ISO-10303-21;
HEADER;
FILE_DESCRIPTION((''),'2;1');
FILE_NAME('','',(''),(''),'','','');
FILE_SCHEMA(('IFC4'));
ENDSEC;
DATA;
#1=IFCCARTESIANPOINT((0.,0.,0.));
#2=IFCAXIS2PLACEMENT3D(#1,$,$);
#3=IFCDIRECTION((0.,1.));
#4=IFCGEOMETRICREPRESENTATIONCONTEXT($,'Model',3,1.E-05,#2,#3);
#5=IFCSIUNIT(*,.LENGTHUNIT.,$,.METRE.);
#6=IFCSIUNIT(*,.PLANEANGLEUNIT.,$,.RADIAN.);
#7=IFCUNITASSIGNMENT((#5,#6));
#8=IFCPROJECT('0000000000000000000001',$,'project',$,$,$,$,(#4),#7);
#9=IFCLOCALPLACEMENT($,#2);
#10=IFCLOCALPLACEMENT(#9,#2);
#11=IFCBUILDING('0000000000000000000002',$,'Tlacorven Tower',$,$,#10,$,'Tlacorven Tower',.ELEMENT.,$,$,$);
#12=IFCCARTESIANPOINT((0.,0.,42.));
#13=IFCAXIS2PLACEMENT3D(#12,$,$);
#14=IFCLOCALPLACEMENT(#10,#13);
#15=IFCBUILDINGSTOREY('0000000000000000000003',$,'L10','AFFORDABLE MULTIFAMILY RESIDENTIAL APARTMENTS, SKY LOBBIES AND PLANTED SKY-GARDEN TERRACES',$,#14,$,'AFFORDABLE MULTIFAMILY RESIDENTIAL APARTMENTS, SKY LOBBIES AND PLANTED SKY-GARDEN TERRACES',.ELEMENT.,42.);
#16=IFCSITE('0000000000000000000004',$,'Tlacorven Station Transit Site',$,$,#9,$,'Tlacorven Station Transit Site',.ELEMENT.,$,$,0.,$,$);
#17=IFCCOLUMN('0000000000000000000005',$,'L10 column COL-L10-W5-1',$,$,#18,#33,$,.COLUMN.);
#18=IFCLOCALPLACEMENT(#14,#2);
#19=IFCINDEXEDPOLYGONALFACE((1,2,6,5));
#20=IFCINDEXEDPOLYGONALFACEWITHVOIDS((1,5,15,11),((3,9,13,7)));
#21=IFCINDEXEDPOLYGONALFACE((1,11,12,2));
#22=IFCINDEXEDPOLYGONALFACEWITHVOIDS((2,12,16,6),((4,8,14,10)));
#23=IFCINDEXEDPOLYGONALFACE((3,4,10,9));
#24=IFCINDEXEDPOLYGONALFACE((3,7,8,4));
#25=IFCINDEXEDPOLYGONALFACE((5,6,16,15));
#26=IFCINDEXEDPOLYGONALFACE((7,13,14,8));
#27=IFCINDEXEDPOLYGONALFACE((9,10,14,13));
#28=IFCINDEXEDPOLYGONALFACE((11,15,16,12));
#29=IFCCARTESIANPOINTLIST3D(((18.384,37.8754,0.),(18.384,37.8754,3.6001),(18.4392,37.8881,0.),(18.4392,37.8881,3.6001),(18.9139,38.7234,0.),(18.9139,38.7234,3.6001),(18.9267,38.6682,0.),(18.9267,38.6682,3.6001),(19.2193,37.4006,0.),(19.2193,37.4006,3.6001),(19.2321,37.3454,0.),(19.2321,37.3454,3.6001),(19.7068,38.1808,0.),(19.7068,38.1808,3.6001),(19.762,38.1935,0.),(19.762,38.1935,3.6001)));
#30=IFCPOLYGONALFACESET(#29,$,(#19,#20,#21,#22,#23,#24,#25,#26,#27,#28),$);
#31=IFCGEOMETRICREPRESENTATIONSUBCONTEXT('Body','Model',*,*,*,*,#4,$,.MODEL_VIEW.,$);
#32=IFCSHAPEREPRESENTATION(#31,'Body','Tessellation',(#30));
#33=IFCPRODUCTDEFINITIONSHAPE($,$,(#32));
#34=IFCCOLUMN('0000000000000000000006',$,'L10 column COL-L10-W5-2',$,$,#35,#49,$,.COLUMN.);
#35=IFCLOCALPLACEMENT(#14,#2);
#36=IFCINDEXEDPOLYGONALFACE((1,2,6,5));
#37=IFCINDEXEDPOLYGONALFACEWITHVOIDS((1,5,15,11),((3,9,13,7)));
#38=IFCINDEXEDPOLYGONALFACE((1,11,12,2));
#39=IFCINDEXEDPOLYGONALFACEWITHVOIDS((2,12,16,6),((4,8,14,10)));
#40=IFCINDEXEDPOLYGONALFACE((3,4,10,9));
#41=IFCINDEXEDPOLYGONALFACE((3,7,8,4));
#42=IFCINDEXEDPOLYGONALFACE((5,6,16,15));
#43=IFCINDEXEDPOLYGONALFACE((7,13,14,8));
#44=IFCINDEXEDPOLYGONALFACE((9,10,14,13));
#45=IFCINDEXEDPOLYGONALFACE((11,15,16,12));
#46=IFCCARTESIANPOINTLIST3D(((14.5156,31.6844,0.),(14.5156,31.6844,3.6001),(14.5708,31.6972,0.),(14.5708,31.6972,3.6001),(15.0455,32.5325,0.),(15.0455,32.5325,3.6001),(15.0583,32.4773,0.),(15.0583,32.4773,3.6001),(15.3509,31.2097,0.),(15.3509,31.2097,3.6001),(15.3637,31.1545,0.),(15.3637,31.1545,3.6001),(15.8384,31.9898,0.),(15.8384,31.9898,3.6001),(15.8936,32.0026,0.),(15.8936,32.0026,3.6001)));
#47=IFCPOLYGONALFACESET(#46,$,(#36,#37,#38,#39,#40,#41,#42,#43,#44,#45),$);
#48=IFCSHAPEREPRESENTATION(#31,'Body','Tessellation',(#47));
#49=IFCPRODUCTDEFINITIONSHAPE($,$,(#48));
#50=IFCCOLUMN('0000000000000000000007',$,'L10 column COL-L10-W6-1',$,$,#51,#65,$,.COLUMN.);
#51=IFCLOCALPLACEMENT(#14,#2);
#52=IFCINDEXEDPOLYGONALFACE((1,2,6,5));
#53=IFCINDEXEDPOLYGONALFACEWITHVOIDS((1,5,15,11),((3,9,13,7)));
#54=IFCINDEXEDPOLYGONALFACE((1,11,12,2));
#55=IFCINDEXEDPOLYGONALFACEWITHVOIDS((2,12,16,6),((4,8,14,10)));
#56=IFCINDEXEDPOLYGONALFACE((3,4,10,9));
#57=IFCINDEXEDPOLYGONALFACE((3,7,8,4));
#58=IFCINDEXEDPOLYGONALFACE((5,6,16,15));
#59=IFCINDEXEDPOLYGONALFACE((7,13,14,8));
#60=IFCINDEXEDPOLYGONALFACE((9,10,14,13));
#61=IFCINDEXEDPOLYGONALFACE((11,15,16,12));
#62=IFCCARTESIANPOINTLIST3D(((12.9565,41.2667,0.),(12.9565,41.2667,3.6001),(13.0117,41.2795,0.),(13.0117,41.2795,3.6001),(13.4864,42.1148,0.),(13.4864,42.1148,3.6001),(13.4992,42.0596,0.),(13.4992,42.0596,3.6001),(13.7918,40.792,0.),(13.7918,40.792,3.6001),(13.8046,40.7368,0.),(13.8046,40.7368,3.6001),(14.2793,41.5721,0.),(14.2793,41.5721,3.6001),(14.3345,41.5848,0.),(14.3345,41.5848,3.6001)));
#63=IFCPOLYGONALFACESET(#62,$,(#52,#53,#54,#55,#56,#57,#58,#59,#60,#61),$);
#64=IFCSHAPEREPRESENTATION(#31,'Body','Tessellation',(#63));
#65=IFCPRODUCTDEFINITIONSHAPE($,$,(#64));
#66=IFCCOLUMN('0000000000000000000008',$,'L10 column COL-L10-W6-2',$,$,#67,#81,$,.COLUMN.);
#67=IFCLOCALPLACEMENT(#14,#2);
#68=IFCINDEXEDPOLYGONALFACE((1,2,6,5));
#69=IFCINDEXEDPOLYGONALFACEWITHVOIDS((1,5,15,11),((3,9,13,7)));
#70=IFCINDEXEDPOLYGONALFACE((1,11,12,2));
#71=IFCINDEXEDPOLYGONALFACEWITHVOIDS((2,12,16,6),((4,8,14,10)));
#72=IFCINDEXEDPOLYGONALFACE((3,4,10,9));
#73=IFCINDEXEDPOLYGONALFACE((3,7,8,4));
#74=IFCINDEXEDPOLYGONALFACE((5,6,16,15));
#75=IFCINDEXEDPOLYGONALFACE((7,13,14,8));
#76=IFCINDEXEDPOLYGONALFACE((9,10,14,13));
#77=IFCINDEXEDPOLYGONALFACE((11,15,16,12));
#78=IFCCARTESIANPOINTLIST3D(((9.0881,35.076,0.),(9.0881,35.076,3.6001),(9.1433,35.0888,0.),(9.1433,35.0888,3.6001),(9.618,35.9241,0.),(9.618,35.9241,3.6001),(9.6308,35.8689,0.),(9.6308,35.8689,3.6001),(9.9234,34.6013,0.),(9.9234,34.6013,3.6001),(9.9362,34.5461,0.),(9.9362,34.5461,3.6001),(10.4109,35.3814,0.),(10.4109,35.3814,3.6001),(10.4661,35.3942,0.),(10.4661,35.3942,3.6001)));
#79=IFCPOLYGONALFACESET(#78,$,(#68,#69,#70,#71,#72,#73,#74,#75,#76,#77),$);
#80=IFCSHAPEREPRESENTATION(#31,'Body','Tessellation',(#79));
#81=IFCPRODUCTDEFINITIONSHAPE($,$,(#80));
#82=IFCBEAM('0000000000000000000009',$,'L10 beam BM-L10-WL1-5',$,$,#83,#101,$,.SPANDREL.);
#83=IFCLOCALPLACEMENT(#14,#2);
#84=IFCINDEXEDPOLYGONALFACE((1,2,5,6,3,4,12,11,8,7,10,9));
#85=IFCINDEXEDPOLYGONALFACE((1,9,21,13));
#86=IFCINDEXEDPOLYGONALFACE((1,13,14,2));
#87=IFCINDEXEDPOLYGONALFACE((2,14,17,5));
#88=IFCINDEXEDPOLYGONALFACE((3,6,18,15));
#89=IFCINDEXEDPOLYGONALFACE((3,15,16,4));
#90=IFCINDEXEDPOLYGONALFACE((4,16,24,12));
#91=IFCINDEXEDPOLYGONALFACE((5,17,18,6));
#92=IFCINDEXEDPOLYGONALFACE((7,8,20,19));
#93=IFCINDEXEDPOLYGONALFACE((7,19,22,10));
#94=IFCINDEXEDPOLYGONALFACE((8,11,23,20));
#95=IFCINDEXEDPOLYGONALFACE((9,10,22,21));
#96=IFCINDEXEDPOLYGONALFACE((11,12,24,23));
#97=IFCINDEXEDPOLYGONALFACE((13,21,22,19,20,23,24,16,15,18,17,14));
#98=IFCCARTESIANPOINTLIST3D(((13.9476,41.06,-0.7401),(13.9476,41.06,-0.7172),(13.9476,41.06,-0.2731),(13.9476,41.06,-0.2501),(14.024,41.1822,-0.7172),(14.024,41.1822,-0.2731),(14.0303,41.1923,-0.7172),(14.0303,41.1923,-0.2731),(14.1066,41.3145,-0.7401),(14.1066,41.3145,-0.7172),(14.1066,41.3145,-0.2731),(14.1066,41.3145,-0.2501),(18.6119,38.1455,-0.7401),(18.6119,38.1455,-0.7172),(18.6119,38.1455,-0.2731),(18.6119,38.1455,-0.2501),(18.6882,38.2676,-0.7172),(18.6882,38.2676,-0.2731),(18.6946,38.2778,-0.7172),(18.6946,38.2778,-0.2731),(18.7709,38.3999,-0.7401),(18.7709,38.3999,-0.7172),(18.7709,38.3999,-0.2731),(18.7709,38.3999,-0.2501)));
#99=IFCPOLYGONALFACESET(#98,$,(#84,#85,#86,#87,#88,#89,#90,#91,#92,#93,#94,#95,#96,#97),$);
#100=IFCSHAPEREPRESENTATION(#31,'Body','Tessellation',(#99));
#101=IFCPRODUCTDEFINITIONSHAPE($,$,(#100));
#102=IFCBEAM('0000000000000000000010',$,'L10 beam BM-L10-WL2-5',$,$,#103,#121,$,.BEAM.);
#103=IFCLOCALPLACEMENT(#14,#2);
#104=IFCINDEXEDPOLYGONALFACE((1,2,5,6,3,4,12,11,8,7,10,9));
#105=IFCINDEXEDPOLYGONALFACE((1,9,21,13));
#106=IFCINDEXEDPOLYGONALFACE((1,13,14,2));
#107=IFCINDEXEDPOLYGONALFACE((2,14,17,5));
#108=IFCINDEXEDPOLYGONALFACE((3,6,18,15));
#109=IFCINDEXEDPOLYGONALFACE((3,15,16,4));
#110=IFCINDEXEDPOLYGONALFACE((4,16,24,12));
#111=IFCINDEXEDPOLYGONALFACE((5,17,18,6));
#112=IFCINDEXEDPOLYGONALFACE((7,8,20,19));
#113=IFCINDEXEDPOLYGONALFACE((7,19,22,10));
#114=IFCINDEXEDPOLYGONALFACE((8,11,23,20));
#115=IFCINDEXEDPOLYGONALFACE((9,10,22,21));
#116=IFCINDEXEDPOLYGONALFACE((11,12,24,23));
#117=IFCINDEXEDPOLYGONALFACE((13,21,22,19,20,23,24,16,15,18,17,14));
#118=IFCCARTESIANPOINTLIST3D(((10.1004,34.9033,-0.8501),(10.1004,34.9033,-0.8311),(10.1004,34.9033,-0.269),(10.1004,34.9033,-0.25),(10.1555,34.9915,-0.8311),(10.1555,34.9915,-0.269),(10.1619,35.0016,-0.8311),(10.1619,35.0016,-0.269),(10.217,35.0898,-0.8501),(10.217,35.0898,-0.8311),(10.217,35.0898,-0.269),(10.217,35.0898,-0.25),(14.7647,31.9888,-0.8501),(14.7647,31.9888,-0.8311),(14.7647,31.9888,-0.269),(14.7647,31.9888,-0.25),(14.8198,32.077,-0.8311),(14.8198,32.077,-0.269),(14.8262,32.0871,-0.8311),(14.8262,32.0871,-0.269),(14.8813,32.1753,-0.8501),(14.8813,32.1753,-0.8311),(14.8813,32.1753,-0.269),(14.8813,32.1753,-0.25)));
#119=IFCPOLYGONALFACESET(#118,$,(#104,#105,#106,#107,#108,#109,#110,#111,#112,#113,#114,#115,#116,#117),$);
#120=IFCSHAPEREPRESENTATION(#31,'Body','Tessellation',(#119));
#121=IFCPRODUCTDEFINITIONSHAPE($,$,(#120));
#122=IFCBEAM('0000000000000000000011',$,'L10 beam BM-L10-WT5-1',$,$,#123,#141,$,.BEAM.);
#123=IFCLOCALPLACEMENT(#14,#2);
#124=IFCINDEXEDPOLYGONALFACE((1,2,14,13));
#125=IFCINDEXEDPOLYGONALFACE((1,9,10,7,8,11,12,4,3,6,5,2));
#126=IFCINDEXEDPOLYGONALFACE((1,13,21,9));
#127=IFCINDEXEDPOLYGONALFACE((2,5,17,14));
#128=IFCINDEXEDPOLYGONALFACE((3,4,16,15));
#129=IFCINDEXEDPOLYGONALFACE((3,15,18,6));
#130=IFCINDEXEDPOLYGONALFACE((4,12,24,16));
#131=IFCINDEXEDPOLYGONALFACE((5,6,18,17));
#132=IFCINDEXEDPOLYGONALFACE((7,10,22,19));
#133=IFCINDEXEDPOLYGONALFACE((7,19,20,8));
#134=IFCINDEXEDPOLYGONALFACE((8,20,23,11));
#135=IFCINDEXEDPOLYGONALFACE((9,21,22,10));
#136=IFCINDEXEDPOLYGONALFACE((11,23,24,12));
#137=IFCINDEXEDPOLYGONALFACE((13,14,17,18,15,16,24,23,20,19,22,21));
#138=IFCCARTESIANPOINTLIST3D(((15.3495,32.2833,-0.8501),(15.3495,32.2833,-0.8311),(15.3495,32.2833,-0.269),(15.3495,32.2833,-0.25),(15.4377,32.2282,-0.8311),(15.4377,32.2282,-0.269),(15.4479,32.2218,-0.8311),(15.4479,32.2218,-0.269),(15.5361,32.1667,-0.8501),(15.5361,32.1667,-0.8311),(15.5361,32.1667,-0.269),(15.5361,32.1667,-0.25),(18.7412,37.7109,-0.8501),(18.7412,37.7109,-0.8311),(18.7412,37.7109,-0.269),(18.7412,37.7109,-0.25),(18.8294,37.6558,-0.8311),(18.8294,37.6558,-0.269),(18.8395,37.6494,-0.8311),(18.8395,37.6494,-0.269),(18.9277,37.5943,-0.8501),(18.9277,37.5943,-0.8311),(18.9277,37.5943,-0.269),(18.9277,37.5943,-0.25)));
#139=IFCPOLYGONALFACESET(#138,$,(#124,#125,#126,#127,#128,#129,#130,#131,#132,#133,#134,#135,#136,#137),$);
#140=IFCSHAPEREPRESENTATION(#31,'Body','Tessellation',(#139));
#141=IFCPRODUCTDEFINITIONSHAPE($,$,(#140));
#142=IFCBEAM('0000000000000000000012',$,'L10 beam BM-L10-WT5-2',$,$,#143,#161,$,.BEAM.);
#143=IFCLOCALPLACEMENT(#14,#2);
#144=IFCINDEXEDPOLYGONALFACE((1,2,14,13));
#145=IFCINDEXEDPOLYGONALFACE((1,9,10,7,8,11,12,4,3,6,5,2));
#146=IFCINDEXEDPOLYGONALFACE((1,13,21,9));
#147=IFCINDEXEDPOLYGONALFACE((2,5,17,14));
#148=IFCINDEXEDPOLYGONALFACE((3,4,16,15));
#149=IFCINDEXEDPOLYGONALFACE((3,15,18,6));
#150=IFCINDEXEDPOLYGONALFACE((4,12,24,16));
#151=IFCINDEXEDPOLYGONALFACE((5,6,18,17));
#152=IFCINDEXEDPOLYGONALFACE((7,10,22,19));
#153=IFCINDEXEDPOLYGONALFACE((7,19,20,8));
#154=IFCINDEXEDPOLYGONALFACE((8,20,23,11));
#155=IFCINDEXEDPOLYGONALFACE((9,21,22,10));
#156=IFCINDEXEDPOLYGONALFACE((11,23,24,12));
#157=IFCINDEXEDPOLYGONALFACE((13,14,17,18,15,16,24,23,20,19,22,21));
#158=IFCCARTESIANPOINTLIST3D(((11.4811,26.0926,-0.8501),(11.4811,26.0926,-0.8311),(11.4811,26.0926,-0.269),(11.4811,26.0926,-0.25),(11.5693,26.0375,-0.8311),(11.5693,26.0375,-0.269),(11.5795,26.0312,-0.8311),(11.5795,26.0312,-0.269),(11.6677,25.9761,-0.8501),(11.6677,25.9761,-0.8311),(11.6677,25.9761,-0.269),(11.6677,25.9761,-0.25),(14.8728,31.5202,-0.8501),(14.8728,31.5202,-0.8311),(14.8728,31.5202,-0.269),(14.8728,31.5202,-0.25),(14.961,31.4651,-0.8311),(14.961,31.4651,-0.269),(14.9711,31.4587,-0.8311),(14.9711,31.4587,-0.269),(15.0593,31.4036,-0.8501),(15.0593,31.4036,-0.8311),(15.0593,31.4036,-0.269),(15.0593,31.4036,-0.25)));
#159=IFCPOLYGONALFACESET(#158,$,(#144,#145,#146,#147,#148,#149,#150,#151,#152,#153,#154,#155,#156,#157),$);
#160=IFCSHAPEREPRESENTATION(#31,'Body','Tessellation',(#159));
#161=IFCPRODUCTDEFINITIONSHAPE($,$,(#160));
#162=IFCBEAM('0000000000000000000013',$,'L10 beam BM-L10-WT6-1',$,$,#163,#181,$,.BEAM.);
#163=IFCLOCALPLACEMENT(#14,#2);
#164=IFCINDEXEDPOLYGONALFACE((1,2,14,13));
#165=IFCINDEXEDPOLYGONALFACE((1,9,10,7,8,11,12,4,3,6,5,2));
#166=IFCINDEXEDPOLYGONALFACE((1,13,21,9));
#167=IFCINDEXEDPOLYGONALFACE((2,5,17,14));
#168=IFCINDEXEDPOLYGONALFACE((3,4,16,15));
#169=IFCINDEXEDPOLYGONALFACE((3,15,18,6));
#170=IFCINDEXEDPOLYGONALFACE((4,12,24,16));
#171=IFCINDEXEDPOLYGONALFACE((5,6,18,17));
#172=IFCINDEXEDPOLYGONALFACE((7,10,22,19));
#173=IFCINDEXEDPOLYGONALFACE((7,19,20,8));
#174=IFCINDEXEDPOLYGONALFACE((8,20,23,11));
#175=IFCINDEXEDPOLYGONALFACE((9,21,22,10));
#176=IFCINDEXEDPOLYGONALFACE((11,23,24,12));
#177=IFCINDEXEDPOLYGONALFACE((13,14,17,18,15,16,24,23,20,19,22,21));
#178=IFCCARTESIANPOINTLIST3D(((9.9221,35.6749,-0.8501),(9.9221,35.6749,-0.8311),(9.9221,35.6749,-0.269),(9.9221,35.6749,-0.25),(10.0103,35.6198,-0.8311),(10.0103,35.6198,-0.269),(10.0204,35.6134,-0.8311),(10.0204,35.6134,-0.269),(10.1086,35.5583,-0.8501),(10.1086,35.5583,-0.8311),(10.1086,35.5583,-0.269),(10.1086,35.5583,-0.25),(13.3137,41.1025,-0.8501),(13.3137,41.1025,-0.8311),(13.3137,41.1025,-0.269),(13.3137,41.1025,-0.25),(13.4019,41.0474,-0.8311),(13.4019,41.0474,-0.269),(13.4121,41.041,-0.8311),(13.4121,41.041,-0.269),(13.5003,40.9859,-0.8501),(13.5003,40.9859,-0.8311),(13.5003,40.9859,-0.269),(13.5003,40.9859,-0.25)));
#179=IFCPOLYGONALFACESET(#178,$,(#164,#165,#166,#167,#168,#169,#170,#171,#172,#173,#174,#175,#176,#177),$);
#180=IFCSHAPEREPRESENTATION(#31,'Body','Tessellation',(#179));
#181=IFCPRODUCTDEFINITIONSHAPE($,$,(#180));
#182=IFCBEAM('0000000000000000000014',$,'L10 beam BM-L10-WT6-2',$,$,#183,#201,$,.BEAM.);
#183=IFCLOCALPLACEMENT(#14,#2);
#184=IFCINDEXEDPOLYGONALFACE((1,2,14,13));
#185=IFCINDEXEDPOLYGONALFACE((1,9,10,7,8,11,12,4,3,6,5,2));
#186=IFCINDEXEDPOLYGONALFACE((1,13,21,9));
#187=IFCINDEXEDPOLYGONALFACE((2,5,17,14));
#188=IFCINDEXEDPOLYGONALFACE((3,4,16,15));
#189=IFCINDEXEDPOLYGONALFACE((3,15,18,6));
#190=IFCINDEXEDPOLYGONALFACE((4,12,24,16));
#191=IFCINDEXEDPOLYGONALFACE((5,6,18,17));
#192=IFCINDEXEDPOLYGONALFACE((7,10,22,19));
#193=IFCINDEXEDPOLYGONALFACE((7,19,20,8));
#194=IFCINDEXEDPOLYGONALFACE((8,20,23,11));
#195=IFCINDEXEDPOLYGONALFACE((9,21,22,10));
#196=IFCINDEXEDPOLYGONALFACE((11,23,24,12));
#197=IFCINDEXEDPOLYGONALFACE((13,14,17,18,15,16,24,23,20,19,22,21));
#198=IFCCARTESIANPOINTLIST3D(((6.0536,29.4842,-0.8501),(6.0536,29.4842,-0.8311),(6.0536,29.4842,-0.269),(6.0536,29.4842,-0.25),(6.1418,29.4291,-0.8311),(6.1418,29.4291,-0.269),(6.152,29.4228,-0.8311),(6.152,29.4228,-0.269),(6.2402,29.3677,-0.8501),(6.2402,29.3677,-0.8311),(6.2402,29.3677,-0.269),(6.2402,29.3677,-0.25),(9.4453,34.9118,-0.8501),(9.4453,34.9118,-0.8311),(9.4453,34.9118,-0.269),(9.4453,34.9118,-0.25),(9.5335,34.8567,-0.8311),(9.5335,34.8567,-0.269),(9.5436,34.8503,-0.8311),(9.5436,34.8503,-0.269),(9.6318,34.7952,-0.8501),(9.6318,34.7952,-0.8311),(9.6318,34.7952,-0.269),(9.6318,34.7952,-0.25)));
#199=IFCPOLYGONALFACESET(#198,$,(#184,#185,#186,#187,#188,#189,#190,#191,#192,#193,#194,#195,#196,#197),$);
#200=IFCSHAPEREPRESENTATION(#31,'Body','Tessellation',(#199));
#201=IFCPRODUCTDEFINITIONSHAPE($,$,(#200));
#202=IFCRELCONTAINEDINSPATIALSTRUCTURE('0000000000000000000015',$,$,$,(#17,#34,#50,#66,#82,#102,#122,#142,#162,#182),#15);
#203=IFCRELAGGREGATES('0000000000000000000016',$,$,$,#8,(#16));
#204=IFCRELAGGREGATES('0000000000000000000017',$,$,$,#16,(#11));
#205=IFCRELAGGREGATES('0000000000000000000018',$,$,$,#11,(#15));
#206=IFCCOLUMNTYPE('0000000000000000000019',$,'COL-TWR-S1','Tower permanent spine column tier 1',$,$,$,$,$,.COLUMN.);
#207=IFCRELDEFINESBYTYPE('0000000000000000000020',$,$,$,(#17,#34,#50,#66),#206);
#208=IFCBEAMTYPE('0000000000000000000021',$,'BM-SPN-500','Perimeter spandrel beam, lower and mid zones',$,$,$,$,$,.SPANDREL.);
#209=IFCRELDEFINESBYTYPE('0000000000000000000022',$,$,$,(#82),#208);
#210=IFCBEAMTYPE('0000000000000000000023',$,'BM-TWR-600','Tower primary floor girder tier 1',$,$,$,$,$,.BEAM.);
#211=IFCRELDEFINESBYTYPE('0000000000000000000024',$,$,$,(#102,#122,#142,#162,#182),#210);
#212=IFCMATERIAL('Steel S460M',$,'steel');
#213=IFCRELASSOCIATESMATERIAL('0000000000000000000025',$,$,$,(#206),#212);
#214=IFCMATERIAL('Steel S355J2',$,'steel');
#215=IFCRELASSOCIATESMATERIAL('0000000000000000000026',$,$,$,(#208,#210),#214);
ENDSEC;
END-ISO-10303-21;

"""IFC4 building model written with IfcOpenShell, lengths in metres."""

from ifc_helpers import new_model, si_unit, direction, frame, origin, origin_2d, place, context, subcontext, project, spatial, hollow_rectangle, i_section, extrude, source, transform, mapped, material, material_profile, profile_set, type_object, element, save


model = new_model("IFC4")

# Units and contexts
model_context = context("Model", 3, precision=1e-05, world=origin(), true_north=direction((0.0, 1.0)))
body_context = subcontext(model_context, "Body", "Model", "MODEL_VIEW")
ifc_project = project(units=[si_unit("LENGTHUNIT", "METRE"), si_unit("PLANEANGLEUNIT", "RADIAN")], contexts=[model_context])

# Site, building, storey
site_placement = place(None, origin())
site = spatial("IfcSite", under=ifc_project, at=site_placement, Name="Tlacorven Station Transit Site", LongName="Tlacorven Station Transit Site", CompositionType="ELEMENT", RefElevation=0.0)
building_placement = place(site_placement, origin())
building = spatial("IfcBuilding", under=site, at=building_placement, Name="Tlacorven Tower", LongName="Tlacorven Tower", CompositionType="ELEMENT")
storey_placement = place(building_placement, frame((0.0, 0.0, 42.0)))
storey = spatial("IfcBuildingStorey", under=building, at=storey_placement, Name="L10", Description="AFFORDABLE MULTIFAMILY RESIDENTIAL APARTMENTS, SKY LOBBIES AND PLANTED SKY-GARDEN TERRACES", LongName="AFFORDABLE MULTIFAMILY RESIDENTIAL APARTMENTS, SKY LOBBIES AND PLANTED SKY-GARDEN TERRACES", CompositionType="ELEMENT", Elevation=42.0)

# Columns
ifc_material_1 = material(Name="Steel S460M", Category="steel")
ifc_material_profile_1 = material_profile(ifc_material_1, hollow_rectangle(XDim=1.0, YDim=1.0, WallThickness=0.04, at=origin_2d()), Name="BOX 1000X1000X40")
ifc_profile_set_1 = profile_set([ifc_material_profile_1], Name="Steel S460M")
column_type = type_object("IfcColumnType", Name="COL-TWR-S1", Description="Tower permanent spine column tier 1", PredefinedType="COLUMN", material=ifc_profile_set_1)
shared_shape_1 = source(origin(), body_context, "Body", "SweptSolid", [
    extrude(hollow_rectangle(XDim=1.0, YDim=1.0, WallThickness=0.04, at=origin_2d()), origin(), (0.0, 0.0, 1.0), 3.6001),
])
for number, where, z_axis, x_axis, name in (
    (1, (19.073, 38.0344, 0.0), (0.0, 0.0, 1.0), (-0.848048, 0.529919, 0.0), "L10 column COL-L10-W5-1"),
    (2, (15.2046, 31.8435, 0.0), (0.0, 0.0, 1.0), (-0.848048, 0.529919, 0.0), "L10 column COL-L10-W5-2"),
    (3, (13.6455, 41.4258, 0.0), (0.0, 0.0, 1.0), (-0.848048, 0.529919, 0.0), "L10 column COL-L10-W6-1"),
    (4, (9.7771, 35.2351, 0.0), (0.0, 0.0, 1.0), (-0.848048, 0.529919, 0.0), "L10 column COL-L10-W6-2"),
):
    element("IfcColumn", number, at=place(storey_placement, frame(where, z_axis=z_axis, x_axis=x_axis)), inside=storey, type_object=column_type, Name=name, PredefinedType="COLUMN", context=body_context, shape_type="MappedRepresentation", body=[
        mapped(shared_shape_1, transform((0.0, 0.0, 0.0), scale=1.0)),
    ])

# Beams
ifc_material_2 = material(Name="Steel S355J2", Category="steel")
ifc_material_profile_2 = material_profile(ifc_material_2, i_section(OverallWidth=0.3, OverallDepth=0.49, WebThickness=0.012, FlangeThickness=0.0229, at=origin_2d()), Name="HEA 500")
ifc_profile_set_2 = profile_set([ifc_material_profile_2], Name="Steel S355J2")
beam_type_1 = type_object("IfcBeamType", Name="BM-SPN-500", Description="Perimeter spandrel beam, lower and mid zones", PredefinedType="SPANDREL", material=ifc_profile_set_2)
shared_shape_2 = source(origin(), body_context, "Body", "SweptSolid", [
    extrude(i_section(OverallWidth=0.3, OverallDepth=0.49, WebThickness=0.012, FlangeThickness=0.0229, at=origin_2d()), origin(), (0.0, 0.0, 1.0), 5.5),
])
beam_1_placement = place(storey_placement, frame((18.6914, 38.2727, -0.4951), z_axis=(-0.848051, 0.529915, 0.0), x_axis=(-0.529915, -0.848051, 0.0)))
element("IfcBeam", 5, at=beam_1_placement, inside=storey, type_object=beam_type_1, Name="L10 beam BM-L10-WL1-5", PredefinedType="SPANDREL", context=body_context, shape_type="MappedRepresentation", body=[
    mapped(shared_shape_2, transform((0.0, 0.0, 0.0), scale=1.0)),
])
ifc_material_profile_3 = material_profile(ifc_material_2, i_section(OverallWidth=0.22, OverallDepth=0.6001, WebThickness=0.012, FlangeThickness=0.019, at=origin_2d()), Name="IPE 600")
ifc_profile_set_3 = profile_set([ifc_material_profile_3], Name="Steel S355J2")
beam_type_2 = type_object("IfcBeamType", Name="BM-TWR-600", Description="Tower primary floor girder tier 1", PredefinedType="BEAM", material=ifc_profile_set_3)
shared_shape_3 = source(origin(), body_context, "Body", "SweptSolid", [
    extrude(i_section(OverallWidth=0.22, OverallDepth=0.6001, WebThickness=0.012, FlangeThickness=0.019, at=origin_2d()), origin(), (0.0, 0.0, 1.0), 5.5),
])
beam_2_placement = place(storey_placement, frame((14.823, 32.082, -0.55), z_axis=(-0.848051, 0.529915, 0.0), x_axis=(-0.529915, -0.848051, 0.0)))
element("IfcBeam", 6, at=beam_2_placement, inside=storey, type_object=beam_type_2, Name="L10 beam BM-L10-WL2-5", PredefinedType="BEAM", context=body_context, shape_type="MappedRepresentation", body=[
    mapped(shared_shape_3, transform((0.0, 0.0, 0.0), scale=1.0)),
])
shared_shape_4 = source(origin(), body_context, "Body", "SweptSolid", [
    extrude(i_section(OverallWidth=0.22, OverallDepth=0.6001, WebThickness=0.012, FlangeThickness=0.019, at=origin_2d()), origin(), (0.0, 0.0, 1.0), 6.4001),
])
for number, where, z_axis, x_axis, name in (
    (7, (18.8345, 37.6526, -0.55), (-0.529934, -0.848039, 0.0), (0.848039, -0.529934, 0.0), "L10 beam BM-L10-WT5-1"),
    (8, (14.9661, 31.4619, -0.55), (-0.529934, -0.848039, 0.0), (0.848039, -0.529934, 0.0), "L10 beam BM-L10-WT5-2"),
    (9, (13.407, 41.0442, -0.55), (-0.529934, -0.848039, 0.0), (0.848039, -0.529934, 0.0), "L10 beam BM-L10-WT6-1"),
    (10, (9.5386, 34.8535, -0.55), (-0.529934, -0.848039, 0.0), (0.848039, -0.529934, 0.0), "L10 beam BM-L10-WT6-2"),
):
    element("IfcBeam", number, at=place(storey_placement, frame(where, z_axis=z_axis, x_axis=x_axis)), inside=storey, type_object=beam_type_2, Name=name, PredefinedType="BEAM", context=body_context, shape_type="MappedRepresentation", body=[
        mapped(shared_shape_4, transform((0.0, 0.0, 0.0), scale=1.0)),
    ])

save(model, "model.ifc")
